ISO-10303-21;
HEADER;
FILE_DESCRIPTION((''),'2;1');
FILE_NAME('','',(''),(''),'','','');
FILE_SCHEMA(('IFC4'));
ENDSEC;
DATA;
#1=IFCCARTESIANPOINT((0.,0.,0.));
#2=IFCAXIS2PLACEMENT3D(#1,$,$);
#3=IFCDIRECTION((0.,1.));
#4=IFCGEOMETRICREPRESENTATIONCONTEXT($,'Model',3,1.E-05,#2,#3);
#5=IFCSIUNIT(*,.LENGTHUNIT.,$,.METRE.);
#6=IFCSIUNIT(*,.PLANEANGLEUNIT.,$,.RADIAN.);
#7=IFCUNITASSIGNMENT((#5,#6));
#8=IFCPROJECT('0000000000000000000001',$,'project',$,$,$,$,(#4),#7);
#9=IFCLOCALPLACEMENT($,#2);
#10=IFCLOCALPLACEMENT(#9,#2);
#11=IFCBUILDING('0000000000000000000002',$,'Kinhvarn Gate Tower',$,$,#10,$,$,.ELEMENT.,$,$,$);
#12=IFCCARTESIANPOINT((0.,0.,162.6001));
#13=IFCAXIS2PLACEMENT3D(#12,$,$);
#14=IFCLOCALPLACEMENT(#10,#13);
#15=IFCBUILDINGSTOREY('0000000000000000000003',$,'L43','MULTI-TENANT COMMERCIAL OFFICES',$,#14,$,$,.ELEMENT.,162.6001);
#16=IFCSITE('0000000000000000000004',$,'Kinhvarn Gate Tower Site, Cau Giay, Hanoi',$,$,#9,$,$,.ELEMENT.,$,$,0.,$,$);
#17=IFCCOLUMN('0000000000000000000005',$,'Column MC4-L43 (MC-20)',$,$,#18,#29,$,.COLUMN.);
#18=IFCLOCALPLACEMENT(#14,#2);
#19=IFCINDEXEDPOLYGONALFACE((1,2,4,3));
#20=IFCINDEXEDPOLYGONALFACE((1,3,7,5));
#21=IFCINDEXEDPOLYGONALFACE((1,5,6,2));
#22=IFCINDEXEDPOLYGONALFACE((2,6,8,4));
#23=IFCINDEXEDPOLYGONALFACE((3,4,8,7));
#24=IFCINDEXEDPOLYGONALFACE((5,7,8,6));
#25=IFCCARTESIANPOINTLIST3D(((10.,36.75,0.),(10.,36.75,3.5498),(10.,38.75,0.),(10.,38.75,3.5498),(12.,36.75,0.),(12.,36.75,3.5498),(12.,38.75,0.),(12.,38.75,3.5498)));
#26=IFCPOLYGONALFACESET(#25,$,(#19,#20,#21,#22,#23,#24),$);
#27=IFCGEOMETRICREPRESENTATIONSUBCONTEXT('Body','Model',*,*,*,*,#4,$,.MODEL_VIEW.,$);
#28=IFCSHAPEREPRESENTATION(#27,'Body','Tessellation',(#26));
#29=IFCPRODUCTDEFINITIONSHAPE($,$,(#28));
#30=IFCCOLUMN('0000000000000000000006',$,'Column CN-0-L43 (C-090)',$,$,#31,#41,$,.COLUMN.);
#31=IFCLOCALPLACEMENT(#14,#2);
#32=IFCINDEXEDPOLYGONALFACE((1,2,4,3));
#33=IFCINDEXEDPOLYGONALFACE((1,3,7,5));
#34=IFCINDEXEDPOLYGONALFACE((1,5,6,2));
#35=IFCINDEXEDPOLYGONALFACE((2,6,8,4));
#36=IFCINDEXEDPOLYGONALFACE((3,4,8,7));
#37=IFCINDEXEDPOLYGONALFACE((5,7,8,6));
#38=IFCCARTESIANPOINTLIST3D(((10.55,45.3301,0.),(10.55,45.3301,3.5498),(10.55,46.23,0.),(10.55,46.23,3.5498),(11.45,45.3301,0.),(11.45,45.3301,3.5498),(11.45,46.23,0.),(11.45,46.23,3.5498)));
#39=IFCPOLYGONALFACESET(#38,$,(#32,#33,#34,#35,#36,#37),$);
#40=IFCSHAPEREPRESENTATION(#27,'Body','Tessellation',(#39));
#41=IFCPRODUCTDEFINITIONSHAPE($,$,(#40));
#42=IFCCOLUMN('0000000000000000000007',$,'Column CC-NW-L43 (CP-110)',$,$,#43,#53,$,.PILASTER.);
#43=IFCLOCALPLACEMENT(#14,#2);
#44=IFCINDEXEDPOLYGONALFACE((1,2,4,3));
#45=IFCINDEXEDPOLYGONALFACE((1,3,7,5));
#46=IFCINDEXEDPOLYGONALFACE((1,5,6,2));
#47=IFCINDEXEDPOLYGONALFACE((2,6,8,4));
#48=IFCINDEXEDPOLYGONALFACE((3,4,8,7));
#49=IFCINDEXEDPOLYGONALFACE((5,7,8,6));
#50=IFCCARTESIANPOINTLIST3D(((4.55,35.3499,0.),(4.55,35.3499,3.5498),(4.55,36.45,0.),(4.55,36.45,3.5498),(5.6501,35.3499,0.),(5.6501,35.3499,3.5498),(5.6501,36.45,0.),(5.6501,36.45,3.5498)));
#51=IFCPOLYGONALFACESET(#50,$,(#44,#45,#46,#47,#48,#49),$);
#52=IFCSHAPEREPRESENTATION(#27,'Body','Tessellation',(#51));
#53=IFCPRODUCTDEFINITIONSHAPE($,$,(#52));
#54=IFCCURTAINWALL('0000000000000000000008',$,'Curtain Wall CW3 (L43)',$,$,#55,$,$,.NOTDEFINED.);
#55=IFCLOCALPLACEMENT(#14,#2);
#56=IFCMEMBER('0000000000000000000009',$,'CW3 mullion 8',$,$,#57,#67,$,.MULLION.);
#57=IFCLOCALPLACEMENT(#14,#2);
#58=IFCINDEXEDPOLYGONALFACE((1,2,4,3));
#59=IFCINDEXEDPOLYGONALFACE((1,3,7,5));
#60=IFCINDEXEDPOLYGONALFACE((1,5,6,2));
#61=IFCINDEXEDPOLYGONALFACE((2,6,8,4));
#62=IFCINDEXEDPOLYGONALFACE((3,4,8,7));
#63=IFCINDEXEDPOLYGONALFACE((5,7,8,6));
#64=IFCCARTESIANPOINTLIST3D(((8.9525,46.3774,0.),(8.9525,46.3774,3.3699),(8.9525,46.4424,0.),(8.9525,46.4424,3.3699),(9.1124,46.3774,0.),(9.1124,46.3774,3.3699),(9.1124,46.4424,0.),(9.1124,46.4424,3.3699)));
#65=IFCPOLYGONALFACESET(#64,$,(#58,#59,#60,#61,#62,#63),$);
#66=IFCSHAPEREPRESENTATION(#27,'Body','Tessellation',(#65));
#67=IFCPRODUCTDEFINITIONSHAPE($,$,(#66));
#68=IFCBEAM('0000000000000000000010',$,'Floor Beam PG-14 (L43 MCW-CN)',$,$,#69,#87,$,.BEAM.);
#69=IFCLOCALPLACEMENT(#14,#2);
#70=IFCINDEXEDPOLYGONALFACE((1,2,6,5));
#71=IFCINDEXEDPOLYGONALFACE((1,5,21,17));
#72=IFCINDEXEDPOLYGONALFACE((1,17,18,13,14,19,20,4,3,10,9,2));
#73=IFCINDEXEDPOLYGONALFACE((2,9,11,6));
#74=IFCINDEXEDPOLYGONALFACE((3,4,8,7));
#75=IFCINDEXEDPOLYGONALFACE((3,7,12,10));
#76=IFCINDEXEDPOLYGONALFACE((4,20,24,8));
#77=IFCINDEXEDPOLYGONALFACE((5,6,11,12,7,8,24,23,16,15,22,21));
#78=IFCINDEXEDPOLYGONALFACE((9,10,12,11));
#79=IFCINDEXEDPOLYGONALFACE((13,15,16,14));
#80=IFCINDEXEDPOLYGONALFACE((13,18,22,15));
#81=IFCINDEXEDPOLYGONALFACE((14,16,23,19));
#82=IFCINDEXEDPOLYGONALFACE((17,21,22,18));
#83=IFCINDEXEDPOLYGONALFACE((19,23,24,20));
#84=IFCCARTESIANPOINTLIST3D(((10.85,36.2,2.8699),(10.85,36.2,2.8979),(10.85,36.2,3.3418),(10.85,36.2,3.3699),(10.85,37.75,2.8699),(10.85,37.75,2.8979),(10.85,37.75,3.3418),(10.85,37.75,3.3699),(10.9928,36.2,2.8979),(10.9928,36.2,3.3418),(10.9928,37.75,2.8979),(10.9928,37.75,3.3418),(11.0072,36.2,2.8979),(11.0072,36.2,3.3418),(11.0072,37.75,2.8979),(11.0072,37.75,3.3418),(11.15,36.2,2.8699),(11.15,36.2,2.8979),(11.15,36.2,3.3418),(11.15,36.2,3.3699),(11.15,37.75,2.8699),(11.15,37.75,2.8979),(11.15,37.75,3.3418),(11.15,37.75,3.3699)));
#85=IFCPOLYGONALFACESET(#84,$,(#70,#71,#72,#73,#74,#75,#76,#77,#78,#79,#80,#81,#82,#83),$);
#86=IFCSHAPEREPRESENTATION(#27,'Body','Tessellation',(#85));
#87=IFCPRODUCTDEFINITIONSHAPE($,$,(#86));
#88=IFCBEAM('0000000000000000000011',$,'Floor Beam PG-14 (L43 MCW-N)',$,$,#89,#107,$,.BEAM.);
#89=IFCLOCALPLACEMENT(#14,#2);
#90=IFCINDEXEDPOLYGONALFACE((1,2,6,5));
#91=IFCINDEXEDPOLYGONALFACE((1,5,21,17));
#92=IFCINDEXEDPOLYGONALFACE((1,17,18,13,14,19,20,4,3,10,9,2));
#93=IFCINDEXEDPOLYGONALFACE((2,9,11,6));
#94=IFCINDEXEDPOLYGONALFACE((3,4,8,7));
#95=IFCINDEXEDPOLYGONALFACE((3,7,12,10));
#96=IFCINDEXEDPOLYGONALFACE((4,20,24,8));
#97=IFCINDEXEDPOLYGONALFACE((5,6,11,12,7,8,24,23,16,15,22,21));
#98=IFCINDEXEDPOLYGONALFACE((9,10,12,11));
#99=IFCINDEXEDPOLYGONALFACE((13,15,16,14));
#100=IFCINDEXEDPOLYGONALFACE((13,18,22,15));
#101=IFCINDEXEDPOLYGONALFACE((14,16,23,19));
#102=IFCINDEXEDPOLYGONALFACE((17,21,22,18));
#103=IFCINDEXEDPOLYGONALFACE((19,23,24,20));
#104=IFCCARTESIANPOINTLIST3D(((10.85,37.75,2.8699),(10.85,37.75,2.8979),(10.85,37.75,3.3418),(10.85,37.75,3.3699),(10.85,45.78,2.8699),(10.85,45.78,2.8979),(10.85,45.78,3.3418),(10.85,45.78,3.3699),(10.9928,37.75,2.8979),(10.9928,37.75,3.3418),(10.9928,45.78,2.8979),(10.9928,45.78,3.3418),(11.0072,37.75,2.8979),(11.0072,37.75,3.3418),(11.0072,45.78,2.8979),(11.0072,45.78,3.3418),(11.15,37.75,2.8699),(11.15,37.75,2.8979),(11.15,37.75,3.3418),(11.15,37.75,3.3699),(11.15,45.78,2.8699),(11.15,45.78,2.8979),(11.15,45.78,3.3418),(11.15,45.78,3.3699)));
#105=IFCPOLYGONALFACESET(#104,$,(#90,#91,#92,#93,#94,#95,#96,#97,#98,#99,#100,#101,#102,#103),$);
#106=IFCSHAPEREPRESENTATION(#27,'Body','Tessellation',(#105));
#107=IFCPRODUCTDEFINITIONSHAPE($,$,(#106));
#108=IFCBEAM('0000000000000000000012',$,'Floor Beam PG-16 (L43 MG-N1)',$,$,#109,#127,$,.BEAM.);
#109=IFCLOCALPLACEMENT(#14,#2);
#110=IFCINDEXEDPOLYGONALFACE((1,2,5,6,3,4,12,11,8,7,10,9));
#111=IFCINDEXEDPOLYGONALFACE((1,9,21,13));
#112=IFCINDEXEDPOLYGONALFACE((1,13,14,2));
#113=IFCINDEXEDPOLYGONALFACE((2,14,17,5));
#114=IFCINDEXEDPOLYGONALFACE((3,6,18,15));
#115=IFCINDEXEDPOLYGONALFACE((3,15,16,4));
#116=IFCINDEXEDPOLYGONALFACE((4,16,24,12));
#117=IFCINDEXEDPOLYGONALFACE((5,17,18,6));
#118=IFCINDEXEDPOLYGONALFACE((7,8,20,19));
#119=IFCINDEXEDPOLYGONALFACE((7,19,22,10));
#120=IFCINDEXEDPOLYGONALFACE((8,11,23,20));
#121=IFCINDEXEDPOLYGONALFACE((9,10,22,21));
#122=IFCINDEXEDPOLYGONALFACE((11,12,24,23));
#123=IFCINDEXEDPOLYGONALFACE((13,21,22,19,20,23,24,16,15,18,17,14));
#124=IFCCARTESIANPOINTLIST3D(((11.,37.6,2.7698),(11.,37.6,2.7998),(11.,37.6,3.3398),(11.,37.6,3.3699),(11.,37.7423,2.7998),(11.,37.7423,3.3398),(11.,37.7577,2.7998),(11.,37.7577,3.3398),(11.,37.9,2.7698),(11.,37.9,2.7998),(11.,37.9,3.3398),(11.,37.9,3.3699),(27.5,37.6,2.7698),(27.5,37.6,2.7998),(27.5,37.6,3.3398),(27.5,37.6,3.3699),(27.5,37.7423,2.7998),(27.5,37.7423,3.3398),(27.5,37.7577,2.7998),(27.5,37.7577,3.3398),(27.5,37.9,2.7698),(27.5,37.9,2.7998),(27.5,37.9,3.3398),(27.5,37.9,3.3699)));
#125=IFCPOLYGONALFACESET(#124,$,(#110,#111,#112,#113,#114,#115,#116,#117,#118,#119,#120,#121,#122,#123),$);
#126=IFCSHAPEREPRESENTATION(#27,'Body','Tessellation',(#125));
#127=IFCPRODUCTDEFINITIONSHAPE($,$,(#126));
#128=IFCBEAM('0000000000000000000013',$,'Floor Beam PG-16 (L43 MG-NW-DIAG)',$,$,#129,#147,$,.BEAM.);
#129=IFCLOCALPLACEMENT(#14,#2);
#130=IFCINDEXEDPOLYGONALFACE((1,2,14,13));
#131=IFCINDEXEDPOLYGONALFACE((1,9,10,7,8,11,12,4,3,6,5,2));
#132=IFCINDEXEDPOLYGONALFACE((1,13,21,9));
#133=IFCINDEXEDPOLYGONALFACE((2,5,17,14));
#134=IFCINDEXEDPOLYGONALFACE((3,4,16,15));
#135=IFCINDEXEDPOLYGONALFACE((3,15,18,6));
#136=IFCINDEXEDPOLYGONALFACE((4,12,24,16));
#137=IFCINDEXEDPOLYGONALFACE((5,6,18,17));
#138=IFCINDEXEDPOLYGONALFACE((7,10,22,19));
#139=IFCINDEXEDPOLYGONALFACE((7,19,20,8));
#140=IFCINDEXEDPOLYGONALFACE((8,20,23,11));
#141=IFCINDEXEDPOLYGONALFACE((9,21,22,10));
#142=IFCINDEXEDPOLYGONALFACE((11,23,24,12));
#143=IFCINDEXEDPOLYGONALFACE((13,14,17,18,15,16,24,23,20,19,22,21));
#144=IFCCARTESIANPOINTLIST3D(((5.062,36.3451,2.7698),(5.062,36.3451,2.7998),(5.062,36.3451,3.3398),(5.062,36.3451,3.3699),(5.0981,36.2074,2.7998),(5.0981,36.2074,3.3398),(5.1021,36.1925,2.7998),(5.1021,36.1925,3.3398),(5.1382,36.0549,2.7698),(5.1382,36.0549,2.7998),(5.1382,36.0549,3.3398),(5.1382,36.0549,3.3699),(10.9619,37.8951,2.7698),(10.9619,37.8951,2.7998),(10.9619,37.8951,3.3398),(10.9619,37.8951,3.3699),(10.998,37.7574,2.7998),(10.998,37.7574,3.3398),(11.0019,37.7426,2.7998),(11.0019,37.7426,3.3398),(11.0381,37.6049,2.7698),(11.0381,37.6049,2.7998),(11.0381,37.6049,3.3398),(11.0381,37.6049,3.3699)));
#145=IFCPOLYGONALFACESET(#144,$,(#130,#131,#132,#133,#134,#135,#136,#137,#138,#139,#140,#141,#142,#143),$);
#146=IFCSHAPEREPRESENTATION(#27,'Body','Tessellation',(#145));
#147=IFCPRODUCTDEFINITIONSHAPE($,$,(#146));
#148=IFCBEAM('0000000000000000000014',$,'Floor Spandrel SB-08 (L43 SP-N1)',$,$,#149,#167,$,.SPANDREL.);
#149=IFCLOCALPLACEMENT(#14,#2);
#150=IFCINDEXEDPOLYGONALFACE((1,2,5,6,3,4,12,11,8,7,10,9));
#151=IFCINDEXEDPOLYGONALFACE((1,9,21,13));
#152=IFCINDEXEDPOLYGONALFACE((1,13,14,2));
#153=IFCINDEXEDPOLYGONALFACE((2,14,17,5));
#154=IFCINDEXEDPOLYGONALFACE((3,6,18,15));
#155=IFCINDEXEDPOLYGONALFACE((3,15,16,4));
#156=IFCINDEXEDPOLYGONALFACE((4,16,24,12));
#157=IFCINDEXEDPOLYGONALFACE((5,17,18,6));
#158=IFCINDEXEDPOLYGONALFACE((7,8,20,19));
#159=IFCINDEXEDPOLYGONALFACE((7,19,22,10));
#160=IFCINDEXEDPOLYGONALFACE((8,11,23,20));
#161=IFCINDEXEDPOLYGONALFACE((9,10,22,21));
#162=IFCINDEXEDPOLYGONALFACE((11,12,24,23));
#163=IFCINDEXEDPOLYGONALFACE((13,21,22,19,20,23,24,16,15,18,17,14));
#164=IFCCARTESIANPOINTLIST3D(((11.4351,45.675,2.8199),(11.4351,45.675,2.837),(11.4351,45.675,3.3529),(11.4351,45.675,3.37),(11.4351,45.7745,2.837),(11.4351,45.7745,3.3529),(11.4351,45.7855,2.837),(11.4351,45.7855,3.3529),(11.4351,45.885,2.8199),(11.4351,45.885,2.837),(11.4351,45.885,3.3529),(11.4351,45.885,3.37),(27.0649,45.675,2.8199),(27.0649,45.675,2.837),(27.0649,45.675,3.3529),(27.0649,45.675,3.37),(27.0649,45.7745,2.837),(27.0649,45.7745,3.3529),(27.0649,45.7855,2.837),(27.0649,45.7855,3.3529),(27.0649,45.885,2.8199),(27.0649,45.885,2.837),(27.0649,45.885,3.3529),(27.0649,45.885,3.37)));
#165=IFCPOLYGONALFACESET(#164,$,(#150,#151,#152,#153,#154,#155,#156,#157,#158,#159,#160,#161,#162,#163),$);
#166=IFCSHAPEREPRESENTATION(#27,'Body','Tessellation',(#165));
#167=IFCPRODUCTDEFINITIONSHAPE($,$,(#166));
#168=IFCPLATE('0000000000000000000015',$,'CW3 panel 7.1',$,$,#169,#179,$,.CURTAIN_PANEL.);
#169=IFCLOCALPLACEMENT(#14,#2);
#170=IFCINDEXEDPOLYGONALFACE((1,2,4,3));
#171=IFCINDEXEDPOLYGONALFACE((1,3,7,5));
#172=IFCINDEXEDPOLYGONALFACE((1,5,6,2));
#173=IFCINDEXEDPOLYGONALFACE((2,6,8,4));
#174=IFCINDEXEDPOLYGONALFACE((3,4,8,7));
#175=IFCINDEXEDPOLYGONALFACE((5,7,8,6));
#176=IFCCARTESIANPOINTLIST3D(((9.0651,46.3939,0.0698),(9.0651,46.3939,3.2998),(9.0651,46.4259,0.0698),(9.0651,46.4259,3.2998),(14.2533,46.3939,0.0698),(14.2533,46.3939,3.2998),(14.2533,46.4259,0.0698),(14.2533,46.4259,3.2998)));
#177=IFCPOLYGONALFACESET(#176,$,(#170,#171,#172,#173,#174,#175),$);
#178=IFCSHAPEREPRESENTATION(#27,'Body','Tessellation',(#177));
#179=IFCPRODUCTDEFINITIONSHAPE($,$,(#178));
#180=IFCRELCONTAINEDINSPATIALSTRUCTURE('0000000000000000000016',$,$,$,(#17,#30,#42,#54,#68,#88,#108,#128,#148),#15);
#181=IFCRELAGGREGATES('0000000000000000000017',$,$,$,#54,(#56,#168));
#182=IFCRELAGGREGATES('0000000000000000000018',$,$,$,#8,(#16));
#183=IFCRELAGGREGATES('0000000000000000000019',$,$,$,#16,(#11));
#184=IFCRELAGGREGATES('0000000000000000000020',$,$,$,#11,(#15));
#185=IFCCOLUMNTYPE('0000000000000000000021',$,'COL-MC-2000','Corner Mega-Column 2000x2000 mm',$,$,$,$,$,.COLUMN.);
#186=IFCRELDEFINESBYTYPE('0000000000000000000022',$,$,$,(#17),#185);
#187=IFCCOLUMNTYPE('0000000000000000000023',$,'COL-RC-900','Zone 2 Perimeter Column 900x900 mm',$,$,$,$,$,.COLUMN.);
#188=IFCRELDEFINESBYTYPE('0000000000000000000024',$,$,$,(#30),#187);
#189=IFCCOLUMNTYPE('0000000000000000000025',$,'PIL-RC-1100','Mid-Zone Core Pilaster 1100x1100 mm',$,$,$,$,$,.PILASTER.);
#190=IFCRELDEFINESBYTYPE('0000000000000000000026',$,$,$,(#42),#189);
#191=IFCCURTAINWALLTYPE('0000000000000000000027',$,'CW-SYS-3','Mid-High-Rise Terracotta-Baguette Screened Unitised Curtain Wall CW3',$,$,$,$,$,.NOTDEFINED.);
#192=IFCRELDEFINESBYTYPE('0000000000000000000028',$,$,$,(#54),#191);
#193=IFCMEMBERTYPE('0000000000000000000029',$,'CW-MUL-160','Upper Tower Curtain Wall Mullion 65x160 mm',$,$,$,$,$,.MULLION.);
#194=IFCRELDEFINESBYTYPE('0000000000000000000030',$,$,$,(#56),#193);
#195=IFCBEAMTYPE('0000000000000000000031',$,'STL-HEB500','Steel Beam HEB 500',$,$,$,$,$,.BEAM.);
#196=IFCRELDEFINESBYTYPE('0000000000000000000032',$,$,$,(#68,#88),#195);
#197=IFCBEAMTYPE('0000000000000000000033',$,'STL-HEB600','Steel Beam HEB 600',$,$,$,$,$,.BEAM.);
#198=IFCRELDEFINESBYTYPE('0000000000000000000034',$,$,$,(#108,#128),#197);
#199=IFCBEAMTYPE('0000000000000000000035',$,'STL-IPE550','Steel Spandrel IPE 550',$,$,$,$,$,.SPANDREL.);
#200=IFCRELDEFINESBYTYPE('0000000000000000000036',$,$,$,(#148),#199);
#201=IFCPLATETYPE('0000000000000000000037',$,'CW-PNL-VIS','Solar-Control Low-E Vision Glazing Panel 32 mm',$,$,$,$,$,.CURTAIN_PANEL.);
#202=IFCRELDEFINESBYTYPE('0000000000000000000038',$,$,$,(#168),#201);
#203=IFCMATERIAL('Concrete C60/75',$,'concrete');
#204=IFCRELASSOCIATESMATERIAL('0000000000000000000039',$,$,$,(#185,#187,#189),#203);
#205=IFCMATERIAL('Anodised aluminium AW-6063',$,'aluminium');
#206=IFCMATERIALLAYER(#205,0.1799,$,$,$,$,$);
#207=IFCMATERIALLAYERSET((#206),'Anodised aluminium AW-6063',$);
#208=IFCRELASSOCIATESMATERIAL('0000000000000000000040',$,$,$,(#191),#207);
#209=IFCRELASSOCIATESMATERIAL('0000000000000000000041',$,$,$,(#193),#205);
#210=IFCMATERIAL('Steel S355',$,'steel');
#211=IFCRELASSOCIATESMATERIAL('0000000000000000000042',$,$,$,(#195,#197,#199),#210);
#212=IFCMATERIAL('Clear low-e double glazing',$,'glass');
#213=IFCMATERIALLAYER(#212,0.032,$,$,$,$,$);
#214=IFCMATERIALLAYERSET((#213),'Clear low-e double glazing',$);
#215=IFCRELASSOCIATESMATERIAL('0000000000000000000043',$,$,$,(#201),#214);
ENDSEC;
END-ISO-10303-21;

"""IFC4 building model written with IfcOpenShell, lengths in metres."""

from ifc_helpers import new_model, si_unit, direction, frame, origin, origin_2d, place, context, subcontext, project, spatial, rectangle, i_section, extrude, material, layer, layer_set, material_profile, profile_set, type_object, element, aggregate, save


model = new_model("IFC4")

# Units and contexts
model_context = context("Model", 3, precision=1e-05, world=origin(), true_north=direction((0.0, 1.0)))
body_context = subcontext(model_context, "Body", "Model", "MODEL_VIEW")
ifc_project = project(units=[si_unit("LENGTHUNIT", "METRE"), si_unit("PLANEANGLEUNIT", "RADIAN")], contexts=[model_context])

# Site, building, storey
site_placement = place(None, origin())
site = spatial("IfcSite", under=ifc_project, at=site_placement, Name="Kinhvarn Gate Tower Site, Cau Giay, Hanoi", CompositionType="ELEMENT", RefElevation=0.0)
building_placement = place(site_placement, origin())
building = spatial("IfcBuilding", under=site, at=building_placement, Name="Kinhvarn Gate Tower", CompositionType="ELEMENT")
storey_placement = place(building_placement, frame((0.0, 0.0, 162.6001)))
storey = spatial("IfcBuildingStorey", under=building, at=storey_placement, Name="L43", Description="MULTI-TENANT COMMERCIAL OFFICES", CompositionType="ELEMENT", Elevation=162.6001)

# Columns
ifc_material_1 = material(Name="Concrete C60/75", Category="concrete")
ifc_material_profile_1 = material_profile(ifc_material_1, rectangle(XDim=2.0, YDim=2.0, at=origin_2d()), Name="RC 2000x2000")
ifc_profile_set_1 = profile_set([ifc_material_profile_1], Name="Concrete C60/75")
column_type_1 = type_object("IfcColumnType", Name="COL-MC-2000", Description="Corner Mega-Column 2000x2000 mm", PredefinedType="COLUMN", material=ifc_profile_set_1)
column_1_placement = place(storey_placement, frame((11.0, 37.75, 0.0), z_axis=(0.0, 0.0, 1.0), x_axis=(1.0, 0.0, 0.0)))
element("IfcColumn", 1, at=column_1_placement, inside=storey, type_object=column_type_1, Name="Column MC4-L43 (MC-20)", PredefinedType="COLUMN", context=body_context, shape_type="SweptSolid", body=[
    extrude(rectangle(XDim=2.0, YDim=2.0, at=origin_2d()), origin(), (0.0, 0.0, 1.0), 3.5498),
])
ifc_material_profile_2 = material_profile(ifc_material_1, rectangle(XDim=0.8999, YDim=0.8999, at=origin_2d()), Name="RC 900x900")
ifc_profile_set_2 = profile_set([ifc_material_profile_2], Name="Concrete C60/75")
column_type_2 = type_object("IfcColumnType", Name="COL-RC-900", Description="Zone 2 Perimeter Column 900x900 mm", PredefinedType="COLUMN", material=ifc_profile_set_2)
column_2_placement = place(storey_placement, frame((11.0, 45.78, 0.0), z_axis=(0.0, 0.0, 1.0), x_axis=(1.0, 0.0, 0.0)))
element("IfcColumn", 2, at=column_2_placement, inside=storey, type_object=column_type_2, Name="Column CN-0-L43 (C-090)", PredefinedType="COLUMN", context=body_context, shape_type="SweptSolid", body=[
    extrude(rectangle(XDim=0.8999, YDim=0.8999, at=origin_2d()), origin(), (0.0, 0.0, 1.0), 3.5498),
])
ifc_material_profile_3 = material_profile(ifc_material_1, rectangle(XDim=1.1001, YDim=1.1001, at=origin_2d()), Name="RC 1100x1100")
ifc_profile_set_3 = profile_set([ifc_material_profile_3], Name="Concrete C60/75")
column_type_3 = type_object("IfcColumnType", Name="PIL-RC-1100", Description="Mid-Zone Core Pilaster 1100x1100 mm", PredefinedType="PILASTER", material=ifc_profile_set_3)
column_3_placement = place(storey_placement, frame((5.1001, 35.8999, 0.0), z_axis=(0.0, 0.0, 1.0), x_axis=(1.0, 0.0, 0.0)))
element("IfcColumn", 3, at=column_3_placement, inside=storey, type_object=column_type_3, Name="Column CC-NW-L43 (CP-110)", PredefinedType="PILASTER", context=body_context, shape_type="SweptSolid", body=[
    extrude(rectangle(XDim=1.1001, YDim=1.1001, at=origin_2d()), origin(), (0.0, 0.0, 1.0), 3.5498),
])

# Curtain wall, member
ifc_material_2 = material(Name="Anodised aluminium AW-6063", Category="aluminium")
ifc_layer_1 = layer(ifc_material_2, 0.1799)
ifc_layer_set_1 = layer_set([ifc_layer_1], Name="Anodised aluminium AW-6063")
curtain_wall_type = type_object("IfcCurtainWallType", Name="CW-SYS-3", Description="Mid-High-Rise Terracotta-Baguette Screened Unitised Curtain Wall CW3", PredefinedType="NOTDEFINED", material=ifc_layer_set_1)
curtain_wall_placement = place(storey_placement, origin())
curtain_wall = element("IfcCurtainWall", 4, at=curtain_wall_placement, inside=storey, type_object=curtain_wall_type, Name="Curtain Wall CW3 (L43)", PredefinedType="NOTDEFINED")
ifc_material_profile_4 = material_profile(ifc_material_2, rectangle(XDim=0.0649, YDim=0.1599, at=origin_2d()), Name="ALU 65x160")
ifc_profile_set_4 = profile_set([ifc_material_profile_4], Name="Anodised aluminium AW-6063")
member_type = type_object("IfcMemberType", Name="CW-MUL-160", Description="Upper Tower Curtain Wall Mullion 65x160 mm", PredefinedType="MULLION", material=ifc_profile_set_4)
member_placement = place(storey_placement, frame((9.0325, 46.4099, 0.0), z_axis=(0.0, 0.0, 1.0), x_axis=(0.0, -1.0, 0.0)))
member = element("IfcMember", 5, at=member_placement, type_object=member_type, Name="CW3 mullion 8", PredefinedType="MULLION", context=body_context, shape_type="SweptSolid", body=[
    extrude(rectangle(XDim=0.0649, YDim=0.1599, at=origin_2d()), origin(), (0.0, 0.0, 1.0), 3.3699),
])

# Beams
ifc_material_3 = material(Name="Steel S355", Category="steel")
ifc_material_profile_5 = material_profile(ifc_material_3, i_section(OverallWidth=0.3, OverallDepth=0.5, WebThickness=0.0144, FlangeThickness=0.0281, at=origin_2d()), Name="HEB 500")
ifc_profile_set_5 = profile_set([ifc_material_profile_5], Name="Steel S355")
beam_type_1 = type_object("IfcBeamType", Name="STL-HEB500", Description="Steel Beam HEB 500", PredefinedType="BEAM", material=ifc_profile_set_5)
beam_1_placement = place(storey_placement, frame((11.0, 36.2, 3.1199), z_axis=(0.0, 1.0, 0.0), x_axis=(-1.0, 0.0, 0.0)))
element("IfcBeam", 6, at=beam_1_placement, inside=storey, type_object=beam_type_1, Name="Floor Beam PG-14 (L43 MCW-CN)", PredefinedType="BEAM", context=body_context, shape_type="SweptSolid", body=[
    extrude(i_section(OverallWidth=0.3, OverallDepth=0.5, WebThickness=0.0144, FlangeThickness=0.0281, at=origin_2d()), origin(), (0.0, 0.0, 1.0), 1.55),
])
beam_2_placement = place(storey_placement, frame((11.0, 37.75, 3.1199), z_axis=(0.0, 1.0, 0.0), x_axis=(-1.0, 0.0, 0.0)))
element("IfcBeam", 7, at=beam_2_placement, inside=storey, type_object=beam_type_1, Name="Floor Beam PG-14 (L43 MCW-N)", PredefinedType="BEAM", context=body_context, shape_type="SweptSolid", body=[
    extrude(i_section(OverallWidth=0.3, OverallDepth=0.5, WebThickness=0.0144, FlangeThickness=0.0281, at=origin_2d()), origin(), (0.0, 0.0, 1.0), 8.03),
])
ifc_material_profile_6 = material_profile(ifc_material_3, i_section(OverallWidth=0.3, OverallDepth=0.6001, WebThickness=0.0154, FlangeThickness=0.03, at=origin_2d()), Name="HEB 600")
ifc_profile_set_6 = profile_set([ifc_material_profile_6], Name="Steel S355")
beam_type_2 = type_object("IfcBeamType", Name="STL-HEB600", Description="Steel Beam HEB 600", PredefinedType="BEAM", material=ifc_profile_set_6)
beam_3_placement = place(storey_placement, frame((11.0, 37.75, 3.0698), z_axis=(1.0, 0.0, 0.0), x_axis=(0.0, 1.0, 0.0)))
element("IfcBeam", 8, at=beam_3_placement, inside=storey, type_object=beam_type_2, Name="Floor Beam PG-16 (L43 MG-N1)", PredefinedType="BEAM", context=body_context, shape_type="SweptSolid", body=[
    extrude(i_section(OverallWidth=0.3, OverallDepth=0.6001, WebThickness=0.0154, FlangeThickness=0.03, at=origin_2d()), origin(), (0.0, 0.0, 1.0), 16.5),
])
beam_4_placement = place(storey_placement, frame((5.1001, 36.2, 3.0698), z_axis=(0.967178, 0.254101, 0.0), x_axis=(-0.254101, 0.967178, 0.0)))
element("IfcBeam", 9, at=beam_4_placement, inside=storey, type_object=beam_type_2, Name="Floor Beam PG-16 (L43 MG-NW-DIAG)", PredefinedType="BEAM", context=body_context, shape_type="SweptSolid", body=[
    extrude(i_section(OverallWidth=0.3, OverallDepth=0.6001, WebThickness=0.0154, FlangeThickness=0.03, at=origin_2d()), origin(), (0.0, 0.0, 1.0), 6.1001),
])
ifc_material_profile_7 = material_profile(ifc_material_3, i_section(OverallWidth=0.21, OverallDepth=0.55, WebThickness=0.011, FlangeThickness=0.0171, at=origin_2d()), Name="IPE 550")
ifc_profile_set_7 = profile_set([ifc_material_profile_7], Name="Steel S355")
beam_type_3 = type_object("IfcBeamType", Name="STL-IPE550", Description="Steel Spandrel IPE 550", PredefinedType="SPANDREL", material=ifc_profile_set_7)
beam_5_placement = place(storey_placement, frame((11.4351, 45.78, 3.095), z_axis=(1.0, 0.0, 0.0), x_axis=(0.0, 1.0, 0.0)))
element("IfcBeam", 10, at=beam_5_placement, inside=storey, type_object=beam_type_3, Name="Floor Spandrel SB-08 (L43 SP-N1)", PredefinedType="SPANDREL", context=body_context, shape_type="SweptSolid", body=[
    extrude(i_section(OverallWidth=0.21, OverallDepth=0.55, WebThickness=0.011, FlangeThickness=0.0171, at=origin_2d()), origin(), (0.0, 0.0, 1.0), 15.6299),
])

# Plate
ifc_material_4 = material(Name="Clear low-e double glazing", Category="glass")
ifc_layer_2 = layer(ifc_material_4, 0.032)
ifc_layer_set_2 = layer_set([ifc_layer_2], Name="Clear low-e double glazing")
plate_type = type_object("IfcPlateType", Name="CW-PNL-VIS", Description="Solar-Control Low-E Vision Glazing Panel 32 mm", PredefinedType="CURTAIN_PANEL", material=ifc_layer_set_2)
plate_placement = place(storey_placement, frame((11.6592, 46.4099, 0.0698), z_axis=(0.0, 0.0, 1.0), x_axis=(-1.0, 0.0, 0.0)))
plate = element("IfcPlate", 11, at=plate_placement, type_object=plate_type, Name="CW3 panel 7.1", PredefinedType="CURTAIN_PANEL", context=body_context, shape_type="SweptSolid", body=[
    extrude(rectangle(XDim=5.1882, YDim=0.032, at=origin_2d()), origin(), (0.0, 0.0, 1.0), 3.23),
])
aggregate(curtain_wall, [member, plate])

save(model, "model.ifc")
